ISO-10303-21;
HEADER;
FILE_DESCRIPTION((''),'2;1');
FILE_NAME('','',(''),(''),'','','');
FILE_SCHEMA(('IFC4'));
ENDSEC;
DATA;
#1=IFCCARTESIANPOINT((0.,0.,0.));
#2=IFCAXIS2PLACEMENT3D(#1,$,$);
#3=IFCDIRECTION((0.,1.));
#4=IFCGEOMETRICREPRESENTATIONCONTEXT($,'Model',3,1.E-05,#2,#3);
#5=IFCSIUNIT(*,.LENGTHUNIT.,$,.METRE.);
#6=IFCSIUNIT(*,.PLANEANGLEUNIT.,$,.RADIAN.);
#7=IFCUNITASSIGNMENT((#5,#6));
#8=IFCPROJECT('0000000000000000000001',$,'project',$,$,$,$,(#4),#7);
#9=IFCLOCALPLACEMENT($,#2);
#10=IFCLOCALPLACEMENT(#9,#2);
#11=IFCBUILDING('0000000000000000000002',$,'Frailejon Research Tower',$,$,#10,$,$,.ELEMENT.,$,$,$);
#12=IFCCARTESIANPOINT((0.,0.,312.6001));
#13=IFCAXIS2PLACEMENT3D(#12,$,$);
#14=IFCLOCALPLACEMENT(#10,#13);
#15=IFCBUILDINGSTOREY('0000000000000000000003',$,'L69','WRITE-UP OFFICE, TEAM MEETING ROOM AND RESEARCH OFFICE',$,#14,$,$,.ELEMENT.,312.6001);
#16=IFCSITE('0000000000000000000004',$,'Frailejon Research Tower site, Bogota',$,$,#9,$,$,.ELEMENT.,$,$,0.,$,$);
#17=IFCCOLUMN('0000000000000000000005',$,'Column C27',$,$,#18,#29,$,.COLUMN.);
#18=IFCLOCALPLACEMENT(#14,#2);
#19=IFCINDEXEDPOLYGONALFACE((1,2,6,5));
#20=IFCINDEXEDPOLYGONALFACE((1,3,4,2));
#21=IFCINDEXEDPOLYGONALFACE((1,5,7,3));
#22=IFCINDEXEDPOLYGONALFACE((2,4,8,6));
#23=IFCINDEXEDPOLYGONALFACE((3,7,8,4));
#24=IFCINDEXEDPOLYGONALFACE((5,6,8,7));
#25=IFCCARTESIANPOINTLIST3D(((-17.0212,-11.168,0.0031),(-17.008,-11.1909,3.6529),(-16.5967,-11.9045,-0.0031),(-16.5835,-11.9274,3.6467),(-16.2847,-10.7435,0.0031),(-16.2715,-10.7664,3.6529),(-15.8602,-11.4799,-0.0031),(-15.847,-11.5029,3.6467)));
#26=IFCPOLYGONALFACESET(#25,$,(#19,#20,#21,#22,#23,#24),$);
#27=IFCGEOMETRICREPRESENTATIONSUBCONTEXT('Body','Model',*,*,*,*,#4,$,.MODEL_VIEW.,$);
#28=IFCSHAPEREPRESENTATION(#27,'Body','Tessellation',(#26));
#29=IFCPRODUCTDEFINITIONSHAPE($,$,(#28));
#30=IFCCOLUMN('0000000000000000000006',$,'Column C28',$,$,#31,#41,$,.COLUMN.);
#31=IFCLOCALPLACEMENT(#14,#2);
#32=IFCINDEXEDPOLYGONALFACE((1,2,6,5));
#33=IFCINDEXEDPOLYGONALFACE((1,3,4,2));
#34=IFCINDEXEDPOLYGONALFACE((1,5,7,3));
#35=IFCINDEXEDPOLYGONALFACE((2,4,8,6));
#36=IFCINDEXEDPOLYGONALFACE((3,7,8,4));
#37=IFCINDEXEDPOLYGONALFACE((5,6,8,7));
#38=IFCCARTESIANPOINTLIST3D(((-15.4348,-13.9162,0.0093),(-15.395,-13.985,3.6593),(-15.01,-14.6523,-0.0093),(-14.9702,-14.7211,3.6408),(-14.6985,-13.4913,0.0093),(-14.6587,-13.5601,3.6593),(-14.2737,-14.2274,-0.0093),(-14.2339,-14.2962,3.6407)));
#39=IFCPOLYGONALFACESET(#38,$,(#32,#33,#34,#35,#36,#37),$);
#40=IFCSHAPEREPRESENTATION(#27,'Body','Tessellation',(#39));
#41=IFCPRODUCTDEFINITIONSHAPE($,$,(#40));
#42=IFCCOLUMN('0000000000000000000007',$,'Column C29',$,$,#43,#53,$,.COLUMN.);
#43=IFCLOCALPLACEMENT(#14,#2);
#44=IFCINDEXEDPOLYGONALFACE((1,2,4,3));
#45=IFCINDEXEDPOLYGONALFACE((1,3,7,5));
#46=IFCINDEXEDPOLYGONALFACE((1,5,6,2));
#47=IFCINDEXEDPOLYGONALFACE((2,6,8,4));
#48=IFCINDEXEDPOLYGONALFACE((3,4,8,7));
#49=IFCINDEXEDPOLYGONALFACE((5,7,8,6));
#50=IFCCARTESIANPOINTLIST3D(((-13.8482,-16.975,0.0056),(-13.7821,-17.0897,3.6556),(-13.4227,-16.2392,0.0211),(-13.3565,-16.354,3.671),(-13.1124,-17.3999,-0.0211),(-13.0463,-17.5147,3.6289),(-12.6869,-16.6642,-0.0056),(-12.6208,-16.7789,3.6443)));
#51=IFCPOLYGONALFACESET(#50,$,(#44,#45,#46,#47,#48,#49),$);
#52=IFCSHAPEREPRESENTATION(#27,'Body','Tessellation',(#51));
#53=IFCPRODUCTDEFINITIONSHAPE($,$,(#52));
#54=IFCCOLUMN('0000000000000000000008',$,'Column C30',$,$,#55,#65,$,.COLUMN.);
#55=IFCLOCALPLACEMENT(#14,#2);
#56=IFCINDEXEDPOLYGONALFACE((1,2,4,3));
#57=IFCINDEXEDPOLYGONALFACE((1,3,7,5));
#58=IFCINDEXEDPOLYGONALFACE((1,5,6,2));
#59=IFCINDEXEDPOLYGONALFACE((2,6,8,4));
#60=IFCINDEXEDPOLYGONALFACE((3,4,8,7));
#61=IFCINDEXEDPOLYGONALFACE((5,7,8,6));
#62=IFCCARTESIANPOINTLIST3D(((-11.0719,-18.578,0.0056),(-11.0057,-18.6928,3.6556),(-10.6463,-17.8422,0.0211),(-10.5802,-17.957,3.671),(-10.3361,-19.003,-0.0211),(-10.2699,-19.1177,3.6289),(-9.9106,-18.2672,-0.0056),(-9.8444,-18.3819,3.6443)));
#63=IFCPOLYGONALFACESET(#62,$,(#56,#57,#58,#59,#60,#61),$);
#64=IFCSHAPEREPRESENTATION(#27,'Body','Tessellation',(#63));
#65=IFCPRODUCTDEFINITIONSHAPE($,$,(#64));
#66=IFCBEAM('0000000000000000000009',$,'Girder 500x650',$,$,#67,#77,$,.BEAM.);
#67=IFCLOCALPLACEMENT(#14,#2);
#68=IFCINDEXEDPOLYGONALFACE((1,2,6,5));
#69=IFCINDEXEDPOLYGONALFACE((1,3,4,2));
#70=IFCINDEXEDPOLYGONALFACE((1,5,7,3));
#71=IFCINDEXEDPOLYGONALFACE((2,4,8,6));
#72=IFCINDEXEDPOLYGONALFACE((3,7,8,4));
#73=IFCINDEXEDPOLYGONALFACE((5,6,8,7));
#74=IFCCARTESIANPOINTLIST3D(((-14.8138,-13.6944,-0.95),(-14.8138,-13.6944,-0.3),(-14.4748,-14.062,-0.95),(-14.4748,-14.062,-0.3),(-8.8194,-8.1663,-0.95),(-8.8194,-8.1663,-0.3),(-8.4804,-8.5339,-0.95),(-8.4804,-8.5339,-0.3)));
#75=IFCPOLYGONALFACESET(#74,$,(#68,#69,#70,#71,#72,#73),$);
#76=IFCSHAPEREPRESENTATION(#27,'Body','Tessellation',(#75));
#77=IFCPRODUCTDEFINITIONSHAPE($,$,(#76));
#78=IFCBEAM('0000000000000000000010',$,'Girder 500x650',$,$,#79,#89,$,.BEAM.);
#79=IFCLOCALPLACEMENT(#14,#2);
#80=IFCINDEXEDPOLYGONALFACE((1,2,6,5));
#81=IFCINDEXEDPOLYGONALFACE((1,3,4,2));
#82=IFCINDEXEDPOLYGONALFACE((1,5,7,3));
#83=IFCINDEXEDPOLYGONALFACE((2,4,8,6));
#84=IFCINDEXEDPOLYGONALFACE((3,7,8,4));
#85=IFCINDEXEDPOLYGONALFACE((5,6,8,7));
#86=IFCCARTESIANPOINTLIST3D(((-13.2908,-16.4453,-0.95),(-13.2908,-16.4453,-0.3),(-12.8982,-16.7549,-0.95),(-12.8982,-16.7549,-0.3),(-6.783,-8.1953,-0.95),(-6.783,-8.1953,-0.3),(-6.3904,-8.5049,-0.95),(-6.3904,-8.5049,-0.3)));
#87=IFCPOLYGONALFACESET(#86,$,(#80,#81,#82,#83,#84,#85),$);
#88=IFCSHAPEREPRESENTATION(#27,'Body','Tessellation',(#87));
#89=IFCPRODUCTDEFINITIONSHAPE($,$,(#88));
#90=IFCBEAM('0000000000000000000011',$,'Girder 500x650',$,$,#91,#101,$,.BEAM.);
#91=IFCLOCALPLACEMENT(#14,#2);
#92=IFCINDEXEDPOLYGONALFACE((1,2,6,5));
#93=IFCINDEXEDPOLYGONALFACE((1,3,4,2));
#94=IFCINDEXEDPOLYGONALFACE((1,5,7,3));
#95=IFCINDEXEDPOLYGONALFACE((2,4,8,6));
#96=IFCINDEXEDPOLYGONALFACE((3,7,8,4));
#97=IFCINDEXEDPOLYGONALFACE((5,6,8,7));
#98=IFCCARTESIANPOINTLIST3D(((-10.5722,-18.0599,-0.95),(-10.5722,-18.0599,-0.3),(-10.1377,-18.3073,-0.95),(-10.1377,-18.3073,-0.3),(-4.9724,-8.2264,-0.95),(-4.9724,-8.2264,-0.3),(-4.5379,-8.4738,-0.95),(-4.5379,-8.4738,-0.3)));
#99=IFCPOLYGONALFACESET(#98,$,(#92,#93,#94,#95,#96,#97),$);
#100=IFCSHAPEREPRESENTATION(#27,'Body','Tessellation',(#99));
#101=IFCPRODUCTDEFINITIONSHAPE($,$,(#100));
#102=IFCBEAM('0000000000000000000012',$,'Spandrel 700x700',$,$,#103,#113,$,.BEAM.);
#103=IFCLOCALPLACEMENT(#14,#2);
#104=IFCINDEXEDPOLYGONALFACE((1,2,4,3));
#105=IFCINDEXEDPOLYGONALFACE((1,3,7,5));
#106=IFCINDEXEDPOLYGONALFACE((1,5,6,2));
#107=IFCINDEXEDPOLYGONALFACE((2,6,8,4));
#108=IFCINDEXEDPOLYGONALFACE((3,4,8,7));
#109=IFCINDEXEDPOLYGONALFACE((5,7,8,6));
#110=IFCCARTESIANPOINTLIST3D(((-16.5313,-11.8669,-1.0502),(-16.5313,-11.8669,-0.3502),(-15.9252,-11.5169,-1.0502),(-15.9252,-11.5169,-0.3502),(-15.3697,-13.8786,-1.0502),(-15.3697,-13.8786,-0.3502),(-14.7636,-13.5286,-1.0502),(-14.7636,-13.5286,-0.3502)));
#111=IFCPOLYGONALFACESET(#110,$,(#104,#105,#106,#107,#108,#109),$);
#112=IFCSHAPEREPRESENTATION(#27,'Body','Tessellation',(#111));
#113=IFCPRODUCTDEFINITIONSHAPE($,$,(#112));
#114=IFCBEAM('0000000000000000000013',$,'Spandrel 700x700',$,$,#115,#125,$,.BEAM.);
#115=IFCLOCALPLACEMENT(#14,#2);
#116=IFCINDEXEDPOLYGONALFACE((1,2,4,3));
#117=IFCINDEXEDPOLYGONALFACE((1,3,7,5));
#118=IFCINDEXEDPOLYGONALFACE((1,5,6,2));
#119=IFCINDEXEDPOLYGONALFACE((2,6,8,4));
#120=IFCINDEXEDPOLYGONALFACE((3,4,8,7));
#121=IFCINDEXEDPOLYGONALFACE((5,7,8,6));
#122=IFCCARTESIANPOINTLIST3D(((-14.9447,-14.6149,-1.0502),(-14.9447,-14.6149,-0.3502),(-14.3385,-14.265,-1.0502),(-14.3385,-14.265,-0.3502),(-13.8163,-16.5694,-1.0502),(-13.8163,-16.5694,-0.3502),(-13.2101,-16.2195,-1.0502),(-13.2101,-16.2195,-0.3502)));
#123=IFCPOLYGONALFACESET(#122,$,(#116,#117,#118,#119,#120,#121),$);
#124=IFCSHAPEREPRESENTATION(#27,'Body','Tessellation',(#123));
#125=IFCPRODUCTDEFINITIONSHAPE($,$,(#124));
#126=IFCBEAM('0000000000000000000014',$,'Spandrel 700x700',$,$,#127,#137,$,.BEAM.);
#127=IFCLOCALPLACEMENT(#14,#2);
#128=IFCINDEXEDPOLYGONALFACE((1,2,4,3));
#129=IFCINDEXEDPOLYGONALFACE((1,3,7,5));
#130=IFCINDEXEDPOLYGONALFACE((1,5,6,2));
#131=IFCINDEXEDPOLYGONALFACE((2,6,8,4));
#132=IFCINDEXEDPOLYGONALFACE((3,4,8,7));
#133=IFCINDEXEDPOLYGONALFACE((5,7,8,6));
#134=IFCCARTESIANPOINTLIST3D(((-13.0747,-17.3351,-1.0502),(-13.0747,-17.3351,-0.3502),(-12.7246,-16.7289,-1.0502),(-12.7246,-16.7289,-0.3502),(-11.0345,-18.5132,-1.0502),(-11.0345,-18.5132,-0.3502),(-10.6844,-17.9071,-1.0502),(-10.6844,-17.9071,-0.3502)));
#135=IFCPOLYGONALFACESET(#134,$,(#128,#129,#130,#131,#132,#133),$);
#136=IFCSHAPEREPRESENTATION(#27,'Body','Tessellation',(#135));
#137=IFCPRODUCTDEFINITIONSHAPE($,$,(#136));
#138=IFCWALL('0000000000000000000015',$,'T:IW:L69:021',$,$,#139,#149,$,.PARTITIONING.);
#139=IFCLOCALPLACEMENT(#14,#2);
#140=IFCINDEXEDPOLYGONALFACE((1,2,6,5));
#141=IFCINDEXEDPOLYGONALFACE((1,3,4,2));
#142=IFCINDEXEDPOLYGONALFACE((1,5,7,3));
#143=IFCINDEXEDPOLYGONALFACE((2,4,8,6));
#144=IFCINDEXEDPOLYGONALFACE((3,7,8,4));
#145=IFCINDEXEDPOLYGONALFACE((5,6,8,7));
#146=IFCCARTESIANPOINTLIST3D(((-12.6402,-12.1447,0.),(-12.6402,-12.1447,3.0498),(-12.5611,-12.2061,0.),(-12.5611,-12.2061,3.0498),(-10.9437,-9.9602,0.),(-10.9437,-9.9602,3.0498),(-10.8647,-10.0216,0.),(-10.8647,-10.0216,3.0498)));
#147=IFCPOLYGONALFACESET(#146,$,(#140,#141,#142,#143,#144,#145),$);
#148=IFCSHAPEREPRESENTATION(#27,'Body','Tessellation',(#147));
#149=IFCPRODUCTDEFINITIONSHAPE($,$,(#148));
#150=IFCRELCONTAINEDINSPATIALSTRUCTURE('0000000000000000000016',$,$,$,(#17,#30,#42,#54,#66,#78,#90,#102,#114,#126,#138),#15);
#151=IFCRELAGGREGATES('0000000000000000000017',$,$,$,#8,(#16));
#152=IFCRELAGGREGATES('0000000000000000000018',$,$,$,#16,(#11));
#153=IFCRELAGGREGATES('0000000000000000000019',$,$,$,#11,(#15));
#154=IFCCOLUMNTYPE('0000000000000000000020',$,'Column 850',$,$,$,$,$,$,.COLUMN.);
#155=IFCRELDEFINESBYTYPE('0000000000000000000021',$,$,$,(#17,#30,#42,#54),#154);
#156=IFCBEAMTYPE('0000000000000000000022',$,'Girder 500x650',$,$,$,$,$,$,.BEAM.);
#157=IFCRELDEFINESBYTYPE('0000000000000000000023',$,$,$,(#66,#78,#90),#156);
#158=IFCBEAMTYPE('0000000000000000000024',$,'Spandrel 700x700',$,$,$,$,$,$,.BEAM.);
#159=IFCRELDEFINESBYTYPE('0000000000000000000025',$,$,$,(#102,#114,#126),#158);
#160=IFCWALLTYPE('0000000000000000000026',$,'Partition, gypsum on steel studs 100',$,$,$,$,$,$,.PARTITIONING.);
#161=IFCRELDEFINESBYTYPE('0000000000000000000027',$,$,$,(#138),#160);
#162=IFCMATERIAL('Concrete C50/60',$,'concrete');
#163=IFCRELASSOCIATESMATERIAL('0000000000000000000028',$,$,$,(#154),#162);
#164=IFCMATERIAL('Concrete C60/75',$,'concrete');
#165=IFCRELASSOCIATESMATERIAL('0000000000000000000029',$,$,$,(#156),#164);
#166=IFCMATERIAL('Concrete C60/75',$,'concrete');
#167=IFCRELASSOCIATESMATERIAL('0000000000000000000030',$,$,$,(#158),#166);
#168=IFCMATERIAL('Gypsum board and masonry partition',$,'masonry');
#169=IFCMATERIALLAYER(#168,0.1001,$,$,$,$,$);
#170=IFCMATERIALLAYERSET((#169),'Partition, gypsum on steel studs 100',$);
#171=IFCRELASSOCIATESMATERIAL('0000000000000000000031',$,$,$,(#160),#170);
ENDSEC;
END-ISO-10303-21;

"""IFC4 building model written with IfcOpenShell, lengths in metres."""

from ifc_helpers import new_model, si_unit, direction, frame, frame_2d, origin, origin_2d, place, context, subcontext, project, spatial, rectangle, extrude, material, layer, layer_set, material_profile, profile_set, type_object, element, save


model = new_model("IFC4")

# Units and contexts
model_context = context("Model", 3, precision=1e-05, world=origin(), true_north=direction((0.0, 1.0)))
body_context = subcontext(model_context, "Body", "Model", "MODEL_VIEW")
ifc_project = project(units=[si_unit("LENGTHUNIT", "METRE"), si_unit("PLANEANGLEUNIT", "RADIAN")], contexts=[model_context])

# Site, building, storey
site_placement = place(None, origin())
site = spatial("IfcSite", under=ifc_project, at=site_placement, Name="Frailejon Research Tower site, Bogota", CompositionType="ELEMENT", RefElevation=0.0)
building_placement = place(site_placement, origin())
building = spatial("IfcBuilding", under=site, at=building_placement, Name="Frailejon Research Tower", CompositionType="ELEMENT")
storey_placement = place(building_placement, frame((0.0, 0.0, 312.6001)))
storey = spatial("IfcBuildingStorey", under=building, at=storey_placement, Name="L69", Description="WRITE-UP OFFICE, TEAM MEETING ROOM AND RESEARCH OFFICE", CompositionType="ELEMENT", Elevation=312.6001)

# Columns
ifc_material_1 = material(Name="Concrete C50/60", Category="concrete")
ifc_material_profile_1 = material_profile(ifc_material_1, rectangle(XDim=0.8501, YDim=0.8501, at=origin_2d()), Name="Column 850")
ifc_profile_set_1 = profile_set([ifc_material_profile_1], Name="Concrete C50/60")
column_type = type_object("IfcColumnType", Name="Column 850", PredefinedType="COLUMN", material=ifc_profile_set_1)
column_1_placement = place(storey_placement, frame((-16.4407, -11.324, 0.0), z_axis=(0.003612, -0.006287, 0.999974), x_axis=(0.499382, -0.866352, -0.007251)))
element("IfcColumn", 1, at=column_1_placement, inside=storey, type_object=column_type, Name="Column C27", PredefinedType="COLUMN", context=body_context, shape_type="SweptSolid", body=[
    extrude(rectangle(XDim=0.8501, YDim=0.8501, at=origin_2d()), origin(), (0.0, 0.0, 1.0), 3.6499),
])
column_2_placement = place(storey_placement, frame((-14.8542, -14.0718, 0.0), z_axis=(0.0109, -0.018858, 0.999763), x_axis=(0.499729, -0.865908, -0.021782)))
element("IfcColumn", 2, at=column_2_placement, inside=storey, type_object=column_type, Name="Column C28", PredefinedType="COLUMN", context=body_context, shape_type="SweptSolid", body=[
    extrude(rectangle(XDim=0.8501, YDim=0.8501, at=origin_2d()), origin(), (0.0, 0.0, 1.0), 3.6509),
])
for number, where, z_axis, x_axis, name in (
    (3, (-13.2676, -16.8196, 0.0), (0.018115, -0.031417, 0.999342), (0.86552, -0.499889, -0.031405), "Column C29"),
    (4, (-10.4912, -18.4226, 0.0), (0.018115, -0.031417, 0.999342), (0.86552, -0.499889, -0.031405), "Column C30"),
):
    element("IfcColumn", number, at=place(storey_placement, frame(where, z_axis=z_axis, x_axis=x_axis)), inside=storey, type_object=column_type, Name=name, PredefinedType="COLUMN", context=body_context, shape_type="SweptSolid", body=[
        extrude(rectangle(XDim=0.8501, YDim=0.8501, at=origin_2d()), origin(), (0.0, 0.0, 1.0), 3.6523),
    ])

# Beams
ifc_material_2 = material(Name="Concrete C60/75", Category="concrete")
ifc_material_profile_2 = material_profile(ifc_material_2, rectangle(XDim=0.5, YDim=0.6499, at=origin_2d()), Name="Girder 500x650")
ifc_profile_set_2 = profile_set([ifc_material_profile_2], Name="Concrete C60/75")
beam_type_1 = type_object("IfcBeamType", Name="Girder 500x650", PredefinedType="BEAM", material=ifc_profile_set_2)
beam_1_placement = place(storey_placement, frame((-14.6443, -13.8782, -0.625), z_axis=(0.735121, 0.677936, 0.0), x_axis=(-0.677936, 0.735121, 0.0)))
element("IfcBeam", 5, at=beam_1_placement, inside=storey, type_object=beam_type_1, Name="Girder 500x650", PredefinedType="BEAM", context=body_context, shape_type="SweptSolid", body=[
    extrude(rectangle(XDim=0.5, YDim=0.6499, at=origin_2d()), origin(), (0.0, 0.0, 1.0), 8.1543),
])
beam_2_placement = place(storey_placement, frame((-13.0945, -16.6001, -0.625), z_axis=(0.619331, 0.78513, 0.0), x_axis=(-0.78513, 0.619331, 0.0)))
element("IfcBeam", 6, at=beam_2_placement, inside=storey, type_object=beam_type_1, Name="Girder 500x650", PredefinedType="BEAM", context=body_context, shape_type="SweptSolid", body=[
    extrude(rectangle(XDim=0.5, YDim=0.6499, at=origin_2d()), origin(), (0.0, 0.0, 1.0), 10.5078),
])
beam_3_placement = place(storey_placement, frame((-10.355, -18.1836, -0.625), z_axis=(0.494854, 0.868976, 0.0), x_axis=(-0.868976, 0.494854, 0.0)))
element("IfcBeam", 7, at=beam_3_placement, inside=storey, type_object=beam_type_1, Name="Girder 500x650", PredefinedType="BEAM", context=body_context, shape_type="SweptSolid", body=[
    extrude(rectangle(XDim=0.5, YDim=0.6499, at=origin_2d()), origin(), (0.0, 0.0, 1.0), 11.3162),
])
ifc_material_3 = material(Name="Concrete C60/75", Category="concrete")
ifc_material_profile_3 = material_profile(ifc_material_3, rectangle(XDim=0.7, YDim=0.7, at=origin_2d()), Name="Spandrel 700x700")
ifc_profile_set_3 = profile_set([ifc_material_profile_3], Name="Concrete C60/75")
beam_type_2 = type_object("IfcBeamType", Name="Spandrel 700x700", PredefinedType="BEAM", material=ifc_profile_set_3)
beam_4_placement = place(storey_placement, frame((-16.2283, -11.6919, -0.7002), z_axis=(0.50005, -0.865997, 0.0), x_axis=(0.865997, 0.50005, 0.0)))
element("IfcBeam", 8, at=beam_4_placement, inside=storey, type_object=beam_type_2, Name="Spandrel 700x700", PredefinedType="BEAM", context=body_context, shape_type="SweptSolid", body=[
    extrude(rectangle(XDim=0.7, YDim=0.7, at=origin_2d()), origin(), (0.0, 0.0, 1.0), 2.323),
])
beam_5_placement = place(storey_placement, frame((-14.6416, -14.4399, -0.7002), z_axis=(0.499978, -0.866038, 0.0), x_axis=(0.866038, 0.499978, 0.0)))
element("IfcBeam", 9, at=beam_5_placement, inside=storey, type_object=beam_type_2, Name="Spandrel 700x700", PredefinedType="BEAM", context=body_context, shape_type="SweptSolid", body=[
    extrude(rectangle(XDim=0.7, YDim=0.7, at=origin_2d()), origin(), (0.0, 0.0, 1.0), 2.2568),
])
beam_6_placement = place(storey_placement, frame((-12.8997, -17.032, -0.7002), z_axis=(0.865977, -0.500084, 0.0), x_axis=(0.500084, 0.865977, 0.0)))
element("IfcBeam", 10, at=beam_6_placement, inside=storey, type_object=beam_type_2, Name="Spandrel 700x700", PredefinedType="BEAM", context=body_context, shape_type="SweptSolid", body=[
    extrude(rectangle(XDim=0.7, YDim=0.7, at=origin_2d()), origin(), (0.0, 0.0, 1.0), 2.356),
])

# Wall
ifc_material_4 = material(Name="Gypsum board and masonry partition", Category="masonry")
ifc_layer_1 = layer(ifc_material_4, 0.1001)
ifc_layer_set_1 = layer_set([ifc_layer_1], Name="Partition, gypsum on steel studs 100")
wall_type_1 = type_object("IfcWallType", Name="Partition, gypsum on steel studs 100", PredefinedType="PARTITIONING", material=ifc_layer_set_1)
wall_1_placement = place(storey_placement, frame((-12.6006, -12.1753, 0.0), z_axis=(0.0, 0.0, 1.0), x_axis=(0.61336, 0.789804, 0.0)))
element("IfcWall", 11, at=wall_1_placement, inside=storey, type_object=wall_type_1, Name="T:IW:L69:021", PredefinedType="PARTITIONING", context=body_context, shape_type="SweptSolid", body=[
    extrude(rectangle(XDim=2.7659, YDim=0.1001, at=frame_2d((1.3828, 0.0))), origin(), (0.0, 0.0, 1.0), 3.0498),
])

save(model, "model.ifc")
